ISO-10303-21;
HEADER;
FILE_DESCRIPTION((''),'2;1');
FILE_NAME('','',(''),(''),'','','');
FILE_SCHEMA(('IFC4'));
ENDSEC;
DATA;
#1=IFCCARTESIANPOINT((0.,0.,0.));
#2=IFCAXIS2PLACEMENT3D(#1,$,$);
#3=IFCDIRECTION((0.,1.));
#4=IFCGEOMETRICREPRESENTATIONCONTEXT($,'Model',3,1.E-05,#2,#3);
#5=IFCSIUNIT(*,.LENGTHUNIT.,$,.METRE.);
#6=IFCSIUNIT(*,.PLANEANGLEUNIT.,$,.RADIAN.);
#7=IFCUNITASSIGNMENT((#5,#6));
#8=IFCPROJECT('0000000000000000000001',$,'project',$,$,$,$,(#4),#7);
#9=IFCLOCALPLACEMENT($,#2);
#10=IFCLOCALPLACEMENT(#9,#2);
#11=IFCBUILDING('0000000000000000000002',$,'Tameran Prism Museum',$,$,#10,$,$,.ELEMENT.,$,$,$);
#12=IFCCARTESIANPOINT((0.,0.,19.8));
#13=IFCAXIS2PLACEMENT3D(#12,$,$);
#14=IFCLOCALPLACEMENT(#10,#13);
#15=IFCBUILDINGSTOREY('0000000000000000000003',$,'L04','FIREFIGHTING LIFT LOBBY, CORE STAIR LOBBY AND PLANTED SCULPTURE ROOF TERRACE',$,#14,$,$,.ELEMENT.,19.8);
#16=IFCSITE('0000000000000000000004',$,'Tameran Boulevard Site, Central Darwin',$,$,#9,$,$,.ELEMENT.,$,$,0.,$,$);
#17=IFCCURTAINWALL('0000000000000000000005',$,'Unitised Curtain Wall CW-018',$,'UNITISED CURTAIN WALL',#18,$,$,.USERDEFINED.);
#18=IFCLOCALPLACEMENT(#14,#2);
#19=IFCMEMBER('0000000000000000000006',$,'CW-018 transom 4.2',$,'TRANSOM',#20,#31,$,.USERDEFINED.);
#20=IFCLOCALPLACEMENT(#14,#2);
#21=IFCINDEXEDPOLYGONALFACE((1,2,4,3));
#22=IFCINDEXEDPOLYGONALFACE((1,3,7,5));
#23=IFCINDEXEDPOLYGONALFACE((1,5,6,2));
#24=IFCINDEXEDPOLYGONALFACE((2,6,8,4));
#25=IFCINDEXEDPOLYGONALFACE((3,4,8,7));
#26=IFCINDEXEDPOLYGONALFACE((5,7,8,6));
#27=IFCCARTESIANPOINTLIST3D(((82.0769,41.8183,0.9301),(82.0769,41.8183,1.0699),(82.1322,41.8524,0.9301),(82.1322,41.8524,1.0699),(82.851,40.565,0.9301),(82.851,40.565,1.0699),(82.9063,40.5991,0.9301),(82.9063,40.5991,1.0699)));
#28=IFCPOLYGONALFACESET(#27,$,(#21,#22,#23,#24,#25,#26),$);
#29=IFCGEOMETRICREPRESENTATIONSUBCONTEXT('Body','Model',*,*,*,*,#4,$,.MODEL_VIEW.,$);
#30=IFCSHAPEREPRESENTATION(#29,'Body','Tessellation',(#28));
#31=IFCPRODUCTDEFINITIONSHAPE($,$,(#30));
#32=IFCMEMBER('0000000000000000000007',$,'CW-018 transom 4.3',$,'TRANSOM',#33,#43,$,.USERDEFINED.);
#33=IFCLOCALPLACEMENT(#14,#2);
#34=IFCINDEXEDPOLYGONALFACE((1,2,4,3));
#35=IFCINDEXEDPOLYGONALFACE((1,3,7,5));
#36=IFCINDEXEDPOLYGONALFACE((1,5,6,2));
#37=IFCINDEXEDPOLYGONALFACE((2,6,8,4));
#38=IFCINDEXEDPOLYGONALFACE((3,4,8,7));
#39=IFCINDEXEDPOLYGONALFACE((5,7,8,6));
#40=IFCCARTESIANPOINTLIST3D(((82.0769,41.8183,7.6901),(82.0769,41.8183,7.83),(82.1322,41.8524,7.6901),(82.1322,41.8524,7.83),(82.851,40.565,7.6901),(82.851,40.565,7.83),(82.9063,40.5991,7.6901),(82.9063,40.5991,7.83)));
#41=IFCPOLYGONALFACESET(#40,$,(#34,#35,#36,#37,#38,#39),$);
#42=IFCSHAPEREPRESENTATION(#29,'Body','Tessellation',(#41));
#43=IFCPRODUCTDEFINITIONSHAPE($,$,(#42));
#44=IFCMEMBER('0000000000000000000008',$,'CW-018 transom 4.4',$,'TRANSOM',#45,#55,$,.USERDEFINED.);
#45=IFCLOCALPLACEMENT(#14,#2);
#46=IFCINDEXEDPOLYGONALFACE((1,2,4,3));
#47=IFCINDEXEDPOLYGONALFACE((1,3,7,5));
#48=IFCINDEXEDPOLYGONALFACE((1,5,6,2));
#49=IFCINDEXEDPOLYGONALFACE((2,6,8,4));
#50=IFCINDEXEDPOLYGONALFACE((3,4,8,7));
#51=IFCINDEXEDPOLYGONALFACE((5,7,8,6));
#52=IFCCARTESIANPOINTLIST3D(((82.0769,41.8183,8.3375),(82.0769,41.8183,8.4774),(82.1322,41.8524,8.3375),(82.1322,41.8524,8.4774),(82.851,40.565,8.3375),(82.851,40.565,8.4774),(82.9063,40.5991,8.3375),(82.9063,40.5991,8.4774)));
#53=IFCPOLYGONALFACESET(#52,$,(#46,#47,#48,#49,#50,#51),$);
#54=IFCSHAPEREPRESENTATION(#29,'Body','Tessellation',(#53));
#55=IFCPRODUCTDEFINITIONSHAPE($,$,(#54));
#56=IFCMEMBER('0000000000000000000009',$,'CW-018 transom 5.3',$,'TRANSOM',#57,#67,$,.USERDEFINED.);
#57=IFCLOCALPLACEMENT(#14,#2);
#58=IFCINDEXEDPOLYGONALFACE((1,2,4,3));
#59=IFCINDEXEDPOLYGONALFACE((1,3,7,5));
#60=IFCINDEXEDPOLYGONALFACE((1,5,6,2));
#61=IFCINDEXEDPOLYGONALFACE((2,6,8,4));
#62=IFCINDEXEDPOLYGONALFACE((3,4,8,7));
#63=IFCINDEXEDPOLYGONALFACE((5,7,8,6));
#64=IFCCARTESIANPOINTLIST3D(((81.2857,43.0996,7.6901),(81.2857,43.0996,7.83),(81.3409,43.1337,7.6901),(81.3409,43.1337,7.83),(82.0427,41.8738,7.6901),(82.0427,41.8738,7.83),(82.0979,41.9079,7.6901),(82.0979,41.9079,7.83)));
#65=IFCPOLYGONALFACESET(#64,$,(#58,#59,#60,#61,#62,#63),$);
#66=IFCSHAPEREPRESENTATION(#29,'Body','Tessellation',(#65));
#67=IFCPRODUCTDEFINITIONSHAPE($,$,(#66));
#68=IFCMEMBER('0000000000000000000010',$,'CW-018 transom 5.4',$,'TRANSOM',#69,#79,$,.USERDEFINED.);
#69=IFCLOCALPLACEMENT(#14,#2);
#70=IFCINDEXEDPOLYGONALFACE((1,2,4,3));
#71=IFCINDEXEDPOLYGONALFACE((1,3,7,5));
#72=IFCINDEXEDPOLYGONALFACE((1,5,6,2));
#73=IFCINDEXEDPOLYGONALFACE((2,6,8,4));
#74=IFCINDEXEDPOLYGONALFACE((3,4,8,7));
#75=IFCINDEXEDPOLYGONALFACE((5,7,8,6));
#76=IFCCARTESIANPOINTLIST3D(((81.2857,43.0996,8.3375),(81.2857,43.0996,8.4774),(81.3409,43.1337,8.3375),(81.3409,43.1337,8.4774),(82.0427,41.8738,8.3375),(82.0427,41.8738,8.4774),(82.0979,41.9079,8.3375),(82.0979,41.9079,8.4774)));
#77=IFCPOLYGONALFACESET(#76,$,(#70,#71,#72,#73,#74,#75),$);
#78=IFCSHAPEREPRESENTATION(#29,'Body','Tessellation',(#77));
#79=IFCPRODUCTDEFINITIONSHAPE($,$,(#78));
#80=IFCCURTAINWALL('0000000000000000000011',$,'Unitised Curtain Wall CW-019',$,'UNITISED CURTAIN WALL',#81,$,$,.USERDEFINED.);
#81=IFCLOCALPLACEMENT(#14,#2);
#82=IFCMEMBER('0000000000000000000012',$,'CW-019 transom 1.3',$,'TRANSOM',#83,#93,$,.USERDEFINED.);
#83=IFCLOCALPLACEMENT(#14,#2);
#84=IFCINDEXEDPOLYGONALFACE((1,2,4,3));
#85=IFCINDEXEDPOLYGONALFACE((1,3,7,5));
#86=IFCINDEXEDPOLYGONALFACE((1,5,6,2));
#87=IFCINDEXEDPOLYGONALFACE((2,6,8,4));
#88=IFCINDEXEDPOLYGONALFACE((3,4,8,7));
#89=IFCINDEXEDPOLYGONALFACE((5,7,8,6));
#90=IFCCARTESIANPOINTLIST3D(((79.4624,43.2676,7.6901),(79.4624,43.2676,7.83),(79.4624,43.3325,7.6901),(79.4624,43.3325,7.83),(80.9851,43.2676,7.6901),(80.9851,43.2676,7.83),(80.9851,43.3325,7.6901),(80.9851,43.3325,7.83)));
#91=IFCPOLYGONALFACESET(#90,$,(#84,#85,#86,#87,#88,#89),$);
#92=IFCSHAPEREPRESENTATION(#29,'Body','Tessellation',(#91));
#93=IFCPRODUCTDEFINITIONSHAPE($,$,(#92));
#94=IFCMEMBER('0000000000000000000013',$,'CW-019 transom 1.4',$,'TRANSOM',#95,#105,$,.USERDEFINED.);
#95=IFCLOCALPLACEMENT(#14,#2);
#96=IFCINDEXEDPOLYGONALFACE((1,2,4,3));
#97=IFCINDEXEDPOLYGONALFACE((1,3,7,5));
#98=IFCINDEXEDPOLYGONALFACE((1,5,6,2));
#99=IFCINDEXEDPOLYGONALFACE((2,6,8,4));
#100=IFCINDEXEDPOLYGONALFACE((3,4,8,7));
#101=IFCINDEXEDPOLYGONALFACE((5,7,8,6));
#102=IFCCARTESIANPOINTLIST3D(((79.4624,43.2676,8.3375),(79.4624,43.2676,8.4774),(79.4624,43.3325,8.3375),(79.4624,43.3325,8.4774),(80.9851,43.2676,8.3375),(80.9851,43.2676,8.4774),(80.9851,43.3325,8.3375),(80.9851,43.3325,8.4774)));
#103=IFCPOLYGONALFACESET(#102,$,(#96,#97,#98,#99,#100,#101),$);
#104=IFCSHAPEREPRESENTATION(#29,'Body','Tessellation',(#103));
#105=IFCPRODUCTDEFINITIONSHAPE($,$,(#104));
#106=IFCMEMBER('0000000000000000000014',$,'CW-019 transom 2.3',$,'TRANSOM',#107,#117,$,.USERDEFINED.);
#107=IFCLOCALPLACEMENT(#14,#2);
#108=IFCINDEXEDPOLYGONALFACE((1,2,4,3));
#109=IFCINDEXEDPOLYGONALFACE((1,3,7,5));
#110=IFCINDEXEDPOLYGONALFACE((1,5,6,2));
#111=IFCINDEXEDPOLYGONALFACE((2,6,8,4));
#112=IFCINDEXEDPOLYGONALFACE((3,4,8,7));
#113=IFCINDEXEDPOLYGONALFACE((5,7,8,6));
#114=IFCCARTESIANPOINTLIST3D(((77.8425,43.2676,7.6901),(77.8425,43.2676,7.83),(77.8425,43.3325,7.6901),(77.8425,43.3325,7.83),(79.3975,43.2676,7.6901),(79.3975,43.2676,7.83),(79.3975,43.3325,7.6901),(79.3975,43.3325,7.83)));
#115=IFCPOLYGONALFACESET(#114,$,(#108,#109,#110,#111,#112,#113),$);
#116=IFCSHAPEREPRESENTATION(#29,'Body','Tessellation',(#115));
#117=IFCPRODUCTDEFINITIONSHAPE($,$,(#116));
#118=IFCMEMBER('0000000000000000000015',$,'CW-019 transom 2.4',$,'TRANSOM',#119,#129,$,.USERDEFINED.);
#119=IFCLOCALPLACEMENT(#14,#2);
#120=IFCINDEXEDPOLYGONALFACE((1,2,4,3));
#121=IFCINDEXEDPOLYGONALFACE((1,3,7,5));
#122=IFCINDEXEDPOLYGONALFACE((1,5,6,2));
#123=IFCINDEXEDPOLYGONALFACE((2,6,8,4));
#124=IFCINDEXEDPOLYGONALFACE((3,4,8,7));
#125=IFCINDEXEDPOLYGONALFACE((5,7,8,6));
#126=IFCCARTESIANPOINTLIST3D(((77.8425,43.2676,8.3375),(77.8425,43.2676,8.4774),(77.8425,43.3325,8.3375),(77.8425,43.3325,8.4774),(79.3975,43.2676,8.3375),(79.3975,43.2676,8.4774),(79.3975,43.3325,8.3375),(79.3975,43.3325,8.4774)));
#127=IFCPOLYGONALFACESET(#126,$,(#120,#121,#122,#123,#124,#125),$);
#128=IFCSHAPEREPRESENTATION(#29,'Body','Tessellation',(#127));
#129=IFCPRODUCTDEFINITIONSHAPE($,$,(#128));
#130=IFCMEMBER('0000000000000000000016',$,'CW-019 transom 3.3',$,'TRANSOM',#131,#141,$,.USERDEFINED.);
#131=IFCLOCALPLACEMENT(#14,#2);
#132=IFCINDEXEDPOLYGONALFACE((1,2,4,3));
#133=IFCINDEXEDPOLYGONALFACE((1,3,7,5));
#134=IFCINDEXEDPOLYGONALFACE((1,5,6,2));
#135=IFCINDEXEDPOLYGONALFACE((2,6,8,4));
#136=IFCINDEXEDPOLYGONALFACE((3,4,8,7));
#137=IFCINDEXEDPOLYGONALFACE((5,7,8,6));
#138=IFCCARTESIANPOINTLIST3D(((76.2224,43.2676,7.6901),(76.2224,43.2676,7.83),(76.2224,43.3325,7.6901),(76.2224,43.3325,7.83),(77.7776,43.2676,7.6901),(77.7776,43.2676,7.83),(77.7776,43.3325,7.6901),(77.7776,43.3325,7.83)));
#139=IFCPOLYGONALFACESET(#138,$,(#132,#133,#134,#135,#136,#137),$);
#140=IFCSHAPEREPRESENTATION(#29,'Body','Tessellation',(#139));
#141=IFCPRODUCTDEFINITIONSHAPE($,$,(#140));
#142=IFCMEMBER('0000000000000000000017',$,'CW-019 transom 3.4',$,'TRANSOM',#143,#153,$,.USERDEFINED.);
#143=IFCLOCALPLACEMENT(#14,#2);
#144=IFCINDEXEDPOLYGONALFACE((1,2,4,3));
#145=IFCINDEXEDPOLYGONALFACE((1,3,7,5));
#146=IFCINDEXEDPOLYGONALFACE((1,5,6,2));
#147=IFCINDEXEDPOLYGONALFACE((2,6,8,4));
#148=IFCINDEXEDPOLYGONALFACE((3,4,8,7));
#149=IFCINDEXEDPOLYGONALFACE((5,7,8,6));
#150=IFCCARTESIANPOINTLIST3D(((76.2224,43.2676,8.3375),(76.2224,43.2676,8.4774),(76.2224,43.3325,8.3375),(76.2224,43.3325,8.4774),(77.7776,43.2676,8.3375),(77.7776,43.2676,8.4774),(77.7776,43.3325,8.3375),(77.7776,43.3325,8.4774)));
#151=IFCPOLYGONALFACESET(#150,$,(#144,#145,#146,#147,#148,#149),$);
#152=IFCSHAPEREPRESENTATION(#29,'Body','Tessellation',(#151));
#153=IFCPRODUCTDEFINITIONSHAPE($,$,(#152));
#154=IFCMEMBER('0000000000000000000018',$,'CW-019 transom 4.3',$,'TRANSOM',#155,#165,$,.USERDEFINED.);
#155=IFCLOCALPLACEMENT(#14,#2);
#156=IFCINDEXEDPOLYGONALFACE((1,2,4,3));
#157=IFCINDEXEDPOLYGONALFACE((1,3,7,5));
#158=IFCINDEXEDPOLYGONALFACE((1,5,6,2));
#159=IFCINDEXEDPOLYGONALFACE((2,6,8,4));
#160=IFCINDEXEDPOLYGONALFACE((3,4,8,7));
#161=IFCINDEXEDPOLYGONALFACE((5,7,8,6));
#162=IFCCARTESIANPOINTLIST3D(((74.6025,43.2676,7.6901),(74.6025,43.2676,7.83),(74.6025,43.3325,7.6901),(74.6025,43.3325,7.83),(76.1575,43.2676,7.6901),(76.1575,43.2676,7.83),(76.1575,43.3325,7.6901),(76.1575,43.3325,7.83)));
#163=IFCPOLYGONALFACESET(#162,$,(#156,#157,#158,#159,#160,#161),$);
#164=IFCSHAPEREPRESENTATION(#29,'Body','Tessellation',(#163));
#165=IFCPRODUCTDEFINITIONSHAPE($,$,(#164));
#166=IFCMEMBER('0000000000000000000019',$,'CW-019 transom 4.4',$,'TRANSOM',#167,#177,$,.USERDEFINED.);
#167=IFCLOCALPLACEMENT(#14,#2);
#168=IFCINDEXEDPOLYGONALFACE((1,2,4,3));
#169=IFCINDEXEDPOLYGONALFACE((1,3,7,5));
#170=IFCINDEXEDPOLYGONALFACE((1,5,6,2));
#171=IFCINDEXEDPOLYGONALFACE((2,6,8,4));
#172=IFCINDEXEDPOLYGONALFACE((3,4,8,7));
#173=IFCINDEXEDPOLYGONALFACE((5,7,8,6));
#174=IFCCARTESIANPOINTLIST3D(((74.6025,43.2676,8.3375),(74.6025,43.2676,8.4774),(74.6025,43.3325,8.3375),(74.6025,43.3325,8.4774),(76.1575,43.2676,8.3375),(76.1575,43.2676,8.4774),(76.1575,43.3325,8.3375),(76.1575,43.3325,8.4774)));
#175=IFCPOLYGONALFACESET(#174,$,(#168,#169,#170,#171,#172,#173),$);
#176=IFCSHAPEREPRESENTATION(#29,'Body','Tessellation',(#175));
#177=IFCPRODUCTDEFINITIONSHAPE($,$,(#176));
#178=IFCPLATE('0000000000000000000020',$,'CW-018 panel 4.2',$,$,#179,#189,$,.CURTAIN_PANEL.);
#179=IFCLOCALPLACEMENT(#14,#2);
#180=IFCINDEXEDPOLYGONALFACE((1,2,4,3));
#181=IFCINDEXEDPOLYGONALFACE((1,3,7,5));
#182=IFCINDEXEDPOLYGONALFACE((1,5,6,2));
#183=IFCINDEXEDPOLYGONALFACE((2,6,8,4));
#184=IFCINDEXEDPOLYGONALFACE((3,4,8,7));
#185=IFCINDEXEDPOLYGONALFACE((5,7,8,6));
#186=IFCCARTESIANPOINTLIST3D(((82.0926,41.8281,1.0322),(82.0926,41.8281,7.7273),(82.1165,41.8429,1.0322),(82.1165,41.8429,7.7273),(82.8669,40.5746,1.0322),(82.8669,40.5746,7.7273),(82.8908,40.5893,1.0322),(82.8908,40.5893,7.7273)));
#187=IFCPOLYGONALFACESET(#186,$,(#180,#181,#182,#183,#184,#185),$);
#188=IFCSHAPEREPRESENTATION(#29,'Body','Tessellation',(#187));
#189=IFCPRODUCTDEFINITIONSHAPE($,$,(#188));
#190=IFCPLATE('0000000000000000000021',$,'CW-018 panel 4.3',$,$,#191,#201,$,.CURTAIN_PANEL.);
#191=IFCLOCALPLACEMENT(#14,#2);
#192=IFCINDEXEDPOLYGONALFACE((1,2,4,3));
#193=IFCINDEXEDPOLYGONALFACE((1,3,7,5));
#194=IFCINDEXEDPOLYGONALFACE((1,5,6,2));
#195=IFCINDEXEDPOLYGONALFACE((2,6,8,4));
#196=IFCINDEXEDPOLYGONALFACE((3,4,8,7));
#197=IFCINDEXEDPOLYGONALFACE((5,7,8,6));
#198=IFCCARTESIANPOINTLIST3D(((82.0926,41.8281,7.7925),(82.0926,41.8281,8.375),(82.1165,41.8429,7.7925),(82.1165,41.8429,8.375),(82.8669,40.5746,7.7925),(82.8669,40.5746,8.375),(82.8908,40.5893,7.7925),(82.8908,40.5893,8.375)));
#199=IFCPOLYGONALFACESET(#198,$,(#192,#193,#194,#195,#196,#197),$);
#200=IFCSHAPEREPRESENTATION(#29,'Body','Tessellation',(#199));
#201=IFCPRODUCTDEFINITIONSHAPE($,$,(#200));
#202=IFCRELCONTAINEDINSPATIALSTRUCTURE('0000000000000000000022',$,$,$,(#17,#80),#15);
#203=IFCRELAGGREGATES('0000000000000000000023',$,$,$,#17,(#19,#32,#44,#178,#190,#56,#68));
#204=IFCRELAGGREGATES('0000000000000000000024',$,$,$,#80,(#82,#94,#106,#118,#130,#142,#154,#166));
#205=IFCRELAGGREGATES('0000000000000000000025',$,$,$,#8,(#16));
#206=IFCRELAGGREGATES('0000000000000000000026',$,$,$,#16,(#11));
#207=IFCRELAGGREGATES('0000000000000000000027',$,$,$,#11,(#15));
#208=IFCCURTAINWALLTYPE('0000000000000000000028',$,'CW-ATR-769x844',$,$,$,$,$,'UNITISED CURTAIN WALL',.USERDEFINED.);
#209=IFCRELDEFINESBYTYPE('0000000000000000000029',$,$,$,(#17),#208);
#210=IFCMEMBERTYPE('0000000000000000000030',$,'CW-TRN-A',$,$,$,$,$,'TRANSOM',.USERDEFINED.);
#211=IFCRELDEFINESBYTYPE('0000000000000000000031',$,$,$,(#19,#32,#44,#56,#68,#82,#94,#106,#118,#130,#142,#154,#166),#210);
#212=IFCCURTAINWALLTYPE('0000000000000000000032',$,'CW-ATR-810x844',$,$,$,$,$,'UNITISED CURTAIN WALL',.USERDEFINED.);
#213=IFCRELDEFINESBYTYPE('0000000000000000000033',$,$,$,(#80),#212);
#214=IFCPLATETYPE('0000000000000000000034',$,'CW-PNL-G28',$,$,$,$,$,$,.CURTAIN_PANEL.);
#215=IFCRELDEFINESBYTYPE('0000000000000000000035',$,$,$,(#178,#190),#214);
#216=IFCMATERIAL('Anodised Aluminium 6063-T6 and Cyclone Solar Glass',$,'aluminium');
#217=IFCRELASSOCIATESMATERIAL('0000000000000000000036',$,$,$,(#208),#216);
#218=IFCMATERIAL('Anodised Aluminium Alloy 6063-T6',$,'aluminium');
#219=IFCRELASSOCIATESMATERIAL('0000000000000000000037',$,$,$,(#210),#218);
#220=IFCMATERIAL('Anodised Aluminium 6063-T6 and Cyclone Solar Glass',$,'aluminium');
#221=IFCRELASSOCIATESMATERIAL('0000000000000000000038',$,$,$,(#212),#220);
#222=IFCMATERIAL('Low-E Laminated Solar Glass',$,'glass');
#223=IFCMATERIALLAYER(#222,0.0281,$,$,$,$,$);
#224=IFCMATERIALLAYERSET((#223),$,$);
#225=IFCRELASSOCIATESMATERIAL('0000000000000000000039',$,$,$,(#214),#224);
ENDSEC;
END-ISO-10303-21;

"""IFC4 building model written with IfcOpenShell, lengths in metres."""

from ifc_helpers import new_model, si_unit, direction, frame, origin, origin_2d, place, context, subcontext, project, spatial, rectangle, extrude, material, layer, layer_set, material_profile, profile_set, type_object, element, aggregate, save


model = new_model("IFC4")

# Units and contexts
model_context = context("Model", 3, precision=1e-05, world=origin(), true_north=direction((0.0, 1.0)))
body_context = subcontext(model_context, "Body", "Model", "MODEL_VIEW")
ifc_project = project(units=[si_unit("LENGTHUNIT", "METRE"), si_unit("PLANEANGLEUNIT", "RADIAN")], contexts=[model_context])

# Site, building, storey
site_placement = place(None, origin())
site = spatial("IfcSite", under=ifc_project, at=site_placement, Name="Tameran Boulevard Site, Central Darwin", CompositionType="ELEMENT", RefElevation=0.0)
building_placement = place(site_placement, origin())
building = spatial("IfcBuilding", under=site, at=building_placement, Name="Tameran Prism Museum", CompositionType="ELEMENT")
storey_placement = place(building_placement, frame((0.0, 0.0, 19.8)))
storey = spatial("IfcBuildingStorey", under=building, at=storey_placement, Name="L04", Description="FIREFIGHTING LIFT LOBBY, CORE STAIR LOBBY AND PLANTED SCULPTURE ROOF TERRACE", CompositionType="ELEMENT", Elevation=19.8)

# Curtain walls, members
ifc_material_1 = material(Name="Anodised Aluminium 6063-T6 and Cyclone Solar Glass", Category="aluminium")
curtain_wall_type_1 = type_object("IfcCurtainWallType", Name="CW-ATR-769x844", ElementType="UNITISED CURTAIN WALL", PredefinedType="USERDEFINED", material=ifc_material_1)
curtain_wall_1_placement = place(storey_placement, origin())
curtain_wall_1 = element("IfcCurtainWall", 1, at=curtain_wall_1_placement, inside=storey, type_object=curtain_wall_type_1, Name="Unitised Curtain Wall CW-018", ObjectType="UNITISED CURTAIN WALL", PredefinedType="USERDEFINED")
ifc_material_2 = material(Name="Anodised Aluminium Alloy 6063-T6", Category="aluminium")
ifc_material_profile = material_profile(ifc_material_2, rectangle(XDim=0.0649, YDim=0.1399, at=origin_2d()))
ifc_profile_set = profile_set([ifc_material_profile])
member_type = type_object("IfcMemberType", Name="CW-TRN-A", ElementType="TRANSOM", PredefinedType="USERDEFINED", material=ifc_profile_set)
member_1_placement = place(storey_placement, frame((82.8787, 40.582, 1.0), z_axis=(-0.525493, 0.850798, 0.0), x_axis=(-0.850798, -0.525493, 0.0)))
member_1 = element("IfcMember", 2, at=member_1_placement, type_object=member_type, Name="CW-018 transom 4.2", ObjectType="TRANSOM", PredefinedType="USERDEFINED", context=body_context, shape_type="SweptSolid", body=[
    extrude(rectangle(XDim=0.0649, YDim=0.1399, at=origin_2d()), origin(), (0.0, 0.0, 1.0), 1.4731),
])
member_2_placement = place(storey_placement, frame((82.8787, 40.582, 7.76), z_axis=(-0.525493, 0.850798, 0.0), x_axis=(-0.850798, -0.525493, 0.0)))
member_2 = element("IfcMember", 3, at=member_2_placement, type_object=member_type, Name="CW-018 transom 4.3", ObjectType="TRANSOM", PredefinedType="USERDEFINED", context=body_context, shape_type="SweptSolid", body=[
    extrude(rectangle(XDim=0.0649, YDim=0.1399, at=origin_2d()), origin(), (0.0, 0.0, 1.0), 1.4731),
])
member_3_placement = place(storey_placement, frame((82.8787, 40.582, 8.4075), z_axis=(-0.525493, 0.850798, 0.0), x_axis=(-0.850798, -0.525493, 0.0)))
member_3 = element("IfcMember", 4, at=member_3_placement, type_object=member_type, Name="CW-018 transom 4.4", ObjectType="TRANSOM", PredefinedType="USERDEFINED", context=body_context, shape_type="SweptSolid", body=[
    extrude(rectangle(XDim=0.0649, YDim=0.1399, at=origin_2d()), origin(), (0.0, 0.0, 1.0), 1.4731),
])
member_4_placement = place(storey_placement, frame((82.0703, 41.8909, 7.76), z_axis=(-0.525468, 0.850814, 0.0), x_axis=(-0.850814, -0.525468, 0.0)))
member_4 = element("IfcMember", 5, at=member_4_placement, type_object=member_type, Name="CW-018 transom 5.3", ObjectType="TRANSOM", PredefinedType="USERDEFINED", context=body_context, shape_type="SweptSolid", body=[
    extrude(rectangle(XDim=0.0649, YDim=0.1399, at=origin_2d()), origin(), (0.0, 0.0, 1.0), 1.4407),
])
member_5_placement = place(storey_placement, frame((82.0703, 41.8909, 8.4075), z_axis=(-0.525468, 0.850814, 0.0), x_axis=(-0.850814, -0.525468, 0.0)))
member_5 = element("IfcMember", 6, at=member_5_placement, type_object=member_type, Name="CW-018 transom 5.4", ObjectType="TRANSOM", PredefinedType="USERDEFINED", context=body_context, shape_type="SweptSolid", body=[
    extrude(rectangle(XDim=0.0649, YDim=0.1399, at=origin_2d()), origin(), (0.0, 0.0, 1.0), 1.4407),
])
ifc_material_3 = material(Name="Anodised Aluminium 6063-T6 and Cyclone Solar Glass", Category="aluminium")
curtain_wall_type_2 = type_object("IfcCurtainWallType", Name="CW-ATR-810x844", ElementType="UNITISED CURTAIN WALL", PredefinedType="USERDEFINED", material=ifc_material_3)
curtain_wall_2_placement = place(storey_placement, origin())
curtain_wall_2 = element("IfcCurtainWall", 7, at=curtain_wall_2_placement, inside=storey, type_object=curtain_wall_type_2, Name="Unitised Curtain Wall CW-019", ObjectType="UNITISED CURTAIN WALL", PredefinedType="USERDEFINED")
member_6_placement = place(storey_placement, frame((80.9851, 43.3, 7.76), z_axis=(-1.0, 0.0, 0.0), x_axis=(0.0, -1.0, 0.0)))
member_6 = element("IfcMember", 8, at=member_6_placement, type_object=member_type, Name="CW-019 transom 1.3", ObjectType="TRANSOM", PredefinedType="USERDEFINED", context=body_context, shape_type="SweptSolid", body=[
    extrude(rectangle(XDim=0.0649, YDim=0.1399, at=origin_2d()), origin(), (0.0, 0.0, 1.0), 1.5227),
])
member_7_placement = place(storey_placement, frame((80.9851, 43.3, 8.4075), z_axis=(-1.0, 0.0, 0.0), x_axis=(0.0, -1.0, 0.0)))
member_7 = element("IfcMember", 9, at=member_7_placement, type_object=member_type, Name="CW-019 transom 1.4", ObjectType="TRANSOM", PredefinedType="USERDEFINED", context=body_context, shape_type="SweptSolid", body=[
    extrude(rectangle(XDim=0.0649, YDim=0.1399, at=origin_2d()), origin(), (0.0, 0.0, 1.0), 1.5227),
])
member_8_placement = place(storey_placement, frame((79.3975, 43.3, 7.76), z_axis=(-1.0, 0.0, 0.0), x_axis=(0.0, -1.0, 0.0)))
member_8 = element("IfcMember", 10, at=member_8_placement, type_object=member_type, Name="CW-019 transom 2.3", ObjectType="TRANSOM", PredefinedType="USERDEFINED", context=body_context, shape_type="SweptSolid", body=[
    extrude(rectangle(XDim=0.0649, YDim=0.1399, at=origin_2d()), origin(), (0.0, 0.0, 1.0), 1.5549),
])
member_9_placement = place(storey_placement, frame((79.3975, 43.3, 8.4075), z_axis=(-1.0, 0.0, 0.0), x_axis=(0.0, -1.0, 0.0)))
member_9 = element("IfcMember", 11, at=member_9_placement, type_object=member_type, Name="CW-019 transom 2.4", ObjectType="TRANSOM", PredefinedType="USERDEFINED", context=body_context, shape_type="SweptSolid", body=[
    extrude(rectangle(XDim=0.0649, YDim=0.1399, at=origin_2d()), origin(), (0.0, 0.0, 1.0), 1.5549),
])
member_10_placement = place(storey_placement, frame((77.7776, 43.3, 7.76), z_axis=(-1.0, 0.0, 0.0), x_axis=(0.0, -1.0, 0.0)))
member_10 = element("IfcMember", 12, at=member_10_placement, type_object=member_type, Name="CW-019 transom 3.3", ObjectType="TRANSOM", PredefinedType="USERDEFINED", context=body_context, shape_type="SweptSolid", body=[
    extrude(rectangle(XDim=0.0649, YDim=0.1399, at=origin_2d()), origin(), (0.0, 0.0, 1.0), 1.5552),
])
member_11_placement = place(storey_placement, frame((77.7776, 43.3, 8.4075), z_axis=(-1.0, 0.0, 0.0), x_axis=(0.0, -1.0, 0.0)))
member_11 = element("IfcMember", 13, at=member_11_placement, type_object=member_type, Name="CW-019 transom 3.4", ObjectType="TRANSOM", PredefinedType="USERDEFINED", context=body_context, shape_type="SweptSolid", body=[
    extrude(rectangle(XDim=0.0649, YDim=0.1399, at=origin_2d()), origin(), (0.0, 0.0, 1.0), 1.5552),
])
member_12_placement = place(storey_placement, frame((76.1575, 43.3, 7.76), z_axis=(-1.0, 0.0, 0.0), x_axis=(0.0, -1.0, 0.0)))
member_12 = element("IfcMember", 14, at=member_12_placement, type_object=member_type, Name="CW-019 transom 4.3", ObjectType="TRANSOM", PredefinedType="USERDEFINED", context=body_context, shape_type="SweptSolid", body=[
    extrude(rectangle(XDim=0.0649, YDim=0.1399, at=origin_2d()), origin(), (0.0, 0.0, 1.0), 1.5549),
])
member_13_placement = place(storey_placement, frame((76.1575, 43.3, 8.4075), z_axis=(-1.0, 0.0, 0.0), x_axis=(0.0, -1.0, 0.0)))
member_13 = element("IfcMember", 15, at=member_13_placement, type_object=member_type, Name="CW-019 transom 4.4", ObjectType="TRANSOM", PredefinedType="USERDEFINED", context=body_context, shape_type="SweptSolid", body=[
    extrude(rectangle(XDim=0.0649, YDim=0.1399, at=origin_2d()), origin(), (0.0, 0.0, 1.0), 1.5549),
])

# Plates
ifc_material_4 = material(Name="Low-E Laminated Solar Glass", Category="glass")
ifc_layer = layer(ifc_material_4, 0.0281)
ifc_layer_set = layer_set([ifc_layer])
plate_type = type_object("IfcPlateType", Name="CW-PNL-G28", PredefinedType="CURTAIN_PANEL", material=ifc_layer_set)
plate_1_placement = place(storey_placement, frame((82.4917, 41.2087, 1.0322), z_axis=(0.0, 0.0, 1.0), x_axis=(-0.525504, 0.850791, 0.0)))
plate_1 = element("IfcPlate", 16, at=plate_1_placement, type_object=plate_type, Name="CW-018 panel 4.2", PredefinedType="CURTAIN_PANEL", context=body_context, shape_type="SweptSolid", body=[
    extrude(rectangle(XDim=1.4734, YDim=0.0281, at=origin_2d()), origin(), (0.0, 0.0, 1.0), 6.6951),
])
plate_2_placement = place(storey_placement, frame((82.4917, 41.2087, 7.7925), z_axis=(0.0, 0.0, 1.0), x_axis=(-0.525504, 0.850791, 0.0)))
plate_2 = element("IfcPlate", 17, at=plate_2_placement, type_object=plate_type, Name="CW-018 panel 4.3", PredefinedType="CURTAIN_PANEL", context=body_context, shape_type="SweptSolid", body=[
    extrude(rectangle(XDim=1.4734, YDim=0.0281, at=origin_2d()), origin(), (0.0, 0.0, 1.0), 0.5825),
])
aggregate(curtain_wall_1, [member_1, member_2, member_3, plate_1, plate_2, member_4, member_5])
aggregate(curtain_wall_2, [member_6, member_7, member_8, member_9, member_10, member_11, member_12, member_13])

save(model, "model.ifc")
